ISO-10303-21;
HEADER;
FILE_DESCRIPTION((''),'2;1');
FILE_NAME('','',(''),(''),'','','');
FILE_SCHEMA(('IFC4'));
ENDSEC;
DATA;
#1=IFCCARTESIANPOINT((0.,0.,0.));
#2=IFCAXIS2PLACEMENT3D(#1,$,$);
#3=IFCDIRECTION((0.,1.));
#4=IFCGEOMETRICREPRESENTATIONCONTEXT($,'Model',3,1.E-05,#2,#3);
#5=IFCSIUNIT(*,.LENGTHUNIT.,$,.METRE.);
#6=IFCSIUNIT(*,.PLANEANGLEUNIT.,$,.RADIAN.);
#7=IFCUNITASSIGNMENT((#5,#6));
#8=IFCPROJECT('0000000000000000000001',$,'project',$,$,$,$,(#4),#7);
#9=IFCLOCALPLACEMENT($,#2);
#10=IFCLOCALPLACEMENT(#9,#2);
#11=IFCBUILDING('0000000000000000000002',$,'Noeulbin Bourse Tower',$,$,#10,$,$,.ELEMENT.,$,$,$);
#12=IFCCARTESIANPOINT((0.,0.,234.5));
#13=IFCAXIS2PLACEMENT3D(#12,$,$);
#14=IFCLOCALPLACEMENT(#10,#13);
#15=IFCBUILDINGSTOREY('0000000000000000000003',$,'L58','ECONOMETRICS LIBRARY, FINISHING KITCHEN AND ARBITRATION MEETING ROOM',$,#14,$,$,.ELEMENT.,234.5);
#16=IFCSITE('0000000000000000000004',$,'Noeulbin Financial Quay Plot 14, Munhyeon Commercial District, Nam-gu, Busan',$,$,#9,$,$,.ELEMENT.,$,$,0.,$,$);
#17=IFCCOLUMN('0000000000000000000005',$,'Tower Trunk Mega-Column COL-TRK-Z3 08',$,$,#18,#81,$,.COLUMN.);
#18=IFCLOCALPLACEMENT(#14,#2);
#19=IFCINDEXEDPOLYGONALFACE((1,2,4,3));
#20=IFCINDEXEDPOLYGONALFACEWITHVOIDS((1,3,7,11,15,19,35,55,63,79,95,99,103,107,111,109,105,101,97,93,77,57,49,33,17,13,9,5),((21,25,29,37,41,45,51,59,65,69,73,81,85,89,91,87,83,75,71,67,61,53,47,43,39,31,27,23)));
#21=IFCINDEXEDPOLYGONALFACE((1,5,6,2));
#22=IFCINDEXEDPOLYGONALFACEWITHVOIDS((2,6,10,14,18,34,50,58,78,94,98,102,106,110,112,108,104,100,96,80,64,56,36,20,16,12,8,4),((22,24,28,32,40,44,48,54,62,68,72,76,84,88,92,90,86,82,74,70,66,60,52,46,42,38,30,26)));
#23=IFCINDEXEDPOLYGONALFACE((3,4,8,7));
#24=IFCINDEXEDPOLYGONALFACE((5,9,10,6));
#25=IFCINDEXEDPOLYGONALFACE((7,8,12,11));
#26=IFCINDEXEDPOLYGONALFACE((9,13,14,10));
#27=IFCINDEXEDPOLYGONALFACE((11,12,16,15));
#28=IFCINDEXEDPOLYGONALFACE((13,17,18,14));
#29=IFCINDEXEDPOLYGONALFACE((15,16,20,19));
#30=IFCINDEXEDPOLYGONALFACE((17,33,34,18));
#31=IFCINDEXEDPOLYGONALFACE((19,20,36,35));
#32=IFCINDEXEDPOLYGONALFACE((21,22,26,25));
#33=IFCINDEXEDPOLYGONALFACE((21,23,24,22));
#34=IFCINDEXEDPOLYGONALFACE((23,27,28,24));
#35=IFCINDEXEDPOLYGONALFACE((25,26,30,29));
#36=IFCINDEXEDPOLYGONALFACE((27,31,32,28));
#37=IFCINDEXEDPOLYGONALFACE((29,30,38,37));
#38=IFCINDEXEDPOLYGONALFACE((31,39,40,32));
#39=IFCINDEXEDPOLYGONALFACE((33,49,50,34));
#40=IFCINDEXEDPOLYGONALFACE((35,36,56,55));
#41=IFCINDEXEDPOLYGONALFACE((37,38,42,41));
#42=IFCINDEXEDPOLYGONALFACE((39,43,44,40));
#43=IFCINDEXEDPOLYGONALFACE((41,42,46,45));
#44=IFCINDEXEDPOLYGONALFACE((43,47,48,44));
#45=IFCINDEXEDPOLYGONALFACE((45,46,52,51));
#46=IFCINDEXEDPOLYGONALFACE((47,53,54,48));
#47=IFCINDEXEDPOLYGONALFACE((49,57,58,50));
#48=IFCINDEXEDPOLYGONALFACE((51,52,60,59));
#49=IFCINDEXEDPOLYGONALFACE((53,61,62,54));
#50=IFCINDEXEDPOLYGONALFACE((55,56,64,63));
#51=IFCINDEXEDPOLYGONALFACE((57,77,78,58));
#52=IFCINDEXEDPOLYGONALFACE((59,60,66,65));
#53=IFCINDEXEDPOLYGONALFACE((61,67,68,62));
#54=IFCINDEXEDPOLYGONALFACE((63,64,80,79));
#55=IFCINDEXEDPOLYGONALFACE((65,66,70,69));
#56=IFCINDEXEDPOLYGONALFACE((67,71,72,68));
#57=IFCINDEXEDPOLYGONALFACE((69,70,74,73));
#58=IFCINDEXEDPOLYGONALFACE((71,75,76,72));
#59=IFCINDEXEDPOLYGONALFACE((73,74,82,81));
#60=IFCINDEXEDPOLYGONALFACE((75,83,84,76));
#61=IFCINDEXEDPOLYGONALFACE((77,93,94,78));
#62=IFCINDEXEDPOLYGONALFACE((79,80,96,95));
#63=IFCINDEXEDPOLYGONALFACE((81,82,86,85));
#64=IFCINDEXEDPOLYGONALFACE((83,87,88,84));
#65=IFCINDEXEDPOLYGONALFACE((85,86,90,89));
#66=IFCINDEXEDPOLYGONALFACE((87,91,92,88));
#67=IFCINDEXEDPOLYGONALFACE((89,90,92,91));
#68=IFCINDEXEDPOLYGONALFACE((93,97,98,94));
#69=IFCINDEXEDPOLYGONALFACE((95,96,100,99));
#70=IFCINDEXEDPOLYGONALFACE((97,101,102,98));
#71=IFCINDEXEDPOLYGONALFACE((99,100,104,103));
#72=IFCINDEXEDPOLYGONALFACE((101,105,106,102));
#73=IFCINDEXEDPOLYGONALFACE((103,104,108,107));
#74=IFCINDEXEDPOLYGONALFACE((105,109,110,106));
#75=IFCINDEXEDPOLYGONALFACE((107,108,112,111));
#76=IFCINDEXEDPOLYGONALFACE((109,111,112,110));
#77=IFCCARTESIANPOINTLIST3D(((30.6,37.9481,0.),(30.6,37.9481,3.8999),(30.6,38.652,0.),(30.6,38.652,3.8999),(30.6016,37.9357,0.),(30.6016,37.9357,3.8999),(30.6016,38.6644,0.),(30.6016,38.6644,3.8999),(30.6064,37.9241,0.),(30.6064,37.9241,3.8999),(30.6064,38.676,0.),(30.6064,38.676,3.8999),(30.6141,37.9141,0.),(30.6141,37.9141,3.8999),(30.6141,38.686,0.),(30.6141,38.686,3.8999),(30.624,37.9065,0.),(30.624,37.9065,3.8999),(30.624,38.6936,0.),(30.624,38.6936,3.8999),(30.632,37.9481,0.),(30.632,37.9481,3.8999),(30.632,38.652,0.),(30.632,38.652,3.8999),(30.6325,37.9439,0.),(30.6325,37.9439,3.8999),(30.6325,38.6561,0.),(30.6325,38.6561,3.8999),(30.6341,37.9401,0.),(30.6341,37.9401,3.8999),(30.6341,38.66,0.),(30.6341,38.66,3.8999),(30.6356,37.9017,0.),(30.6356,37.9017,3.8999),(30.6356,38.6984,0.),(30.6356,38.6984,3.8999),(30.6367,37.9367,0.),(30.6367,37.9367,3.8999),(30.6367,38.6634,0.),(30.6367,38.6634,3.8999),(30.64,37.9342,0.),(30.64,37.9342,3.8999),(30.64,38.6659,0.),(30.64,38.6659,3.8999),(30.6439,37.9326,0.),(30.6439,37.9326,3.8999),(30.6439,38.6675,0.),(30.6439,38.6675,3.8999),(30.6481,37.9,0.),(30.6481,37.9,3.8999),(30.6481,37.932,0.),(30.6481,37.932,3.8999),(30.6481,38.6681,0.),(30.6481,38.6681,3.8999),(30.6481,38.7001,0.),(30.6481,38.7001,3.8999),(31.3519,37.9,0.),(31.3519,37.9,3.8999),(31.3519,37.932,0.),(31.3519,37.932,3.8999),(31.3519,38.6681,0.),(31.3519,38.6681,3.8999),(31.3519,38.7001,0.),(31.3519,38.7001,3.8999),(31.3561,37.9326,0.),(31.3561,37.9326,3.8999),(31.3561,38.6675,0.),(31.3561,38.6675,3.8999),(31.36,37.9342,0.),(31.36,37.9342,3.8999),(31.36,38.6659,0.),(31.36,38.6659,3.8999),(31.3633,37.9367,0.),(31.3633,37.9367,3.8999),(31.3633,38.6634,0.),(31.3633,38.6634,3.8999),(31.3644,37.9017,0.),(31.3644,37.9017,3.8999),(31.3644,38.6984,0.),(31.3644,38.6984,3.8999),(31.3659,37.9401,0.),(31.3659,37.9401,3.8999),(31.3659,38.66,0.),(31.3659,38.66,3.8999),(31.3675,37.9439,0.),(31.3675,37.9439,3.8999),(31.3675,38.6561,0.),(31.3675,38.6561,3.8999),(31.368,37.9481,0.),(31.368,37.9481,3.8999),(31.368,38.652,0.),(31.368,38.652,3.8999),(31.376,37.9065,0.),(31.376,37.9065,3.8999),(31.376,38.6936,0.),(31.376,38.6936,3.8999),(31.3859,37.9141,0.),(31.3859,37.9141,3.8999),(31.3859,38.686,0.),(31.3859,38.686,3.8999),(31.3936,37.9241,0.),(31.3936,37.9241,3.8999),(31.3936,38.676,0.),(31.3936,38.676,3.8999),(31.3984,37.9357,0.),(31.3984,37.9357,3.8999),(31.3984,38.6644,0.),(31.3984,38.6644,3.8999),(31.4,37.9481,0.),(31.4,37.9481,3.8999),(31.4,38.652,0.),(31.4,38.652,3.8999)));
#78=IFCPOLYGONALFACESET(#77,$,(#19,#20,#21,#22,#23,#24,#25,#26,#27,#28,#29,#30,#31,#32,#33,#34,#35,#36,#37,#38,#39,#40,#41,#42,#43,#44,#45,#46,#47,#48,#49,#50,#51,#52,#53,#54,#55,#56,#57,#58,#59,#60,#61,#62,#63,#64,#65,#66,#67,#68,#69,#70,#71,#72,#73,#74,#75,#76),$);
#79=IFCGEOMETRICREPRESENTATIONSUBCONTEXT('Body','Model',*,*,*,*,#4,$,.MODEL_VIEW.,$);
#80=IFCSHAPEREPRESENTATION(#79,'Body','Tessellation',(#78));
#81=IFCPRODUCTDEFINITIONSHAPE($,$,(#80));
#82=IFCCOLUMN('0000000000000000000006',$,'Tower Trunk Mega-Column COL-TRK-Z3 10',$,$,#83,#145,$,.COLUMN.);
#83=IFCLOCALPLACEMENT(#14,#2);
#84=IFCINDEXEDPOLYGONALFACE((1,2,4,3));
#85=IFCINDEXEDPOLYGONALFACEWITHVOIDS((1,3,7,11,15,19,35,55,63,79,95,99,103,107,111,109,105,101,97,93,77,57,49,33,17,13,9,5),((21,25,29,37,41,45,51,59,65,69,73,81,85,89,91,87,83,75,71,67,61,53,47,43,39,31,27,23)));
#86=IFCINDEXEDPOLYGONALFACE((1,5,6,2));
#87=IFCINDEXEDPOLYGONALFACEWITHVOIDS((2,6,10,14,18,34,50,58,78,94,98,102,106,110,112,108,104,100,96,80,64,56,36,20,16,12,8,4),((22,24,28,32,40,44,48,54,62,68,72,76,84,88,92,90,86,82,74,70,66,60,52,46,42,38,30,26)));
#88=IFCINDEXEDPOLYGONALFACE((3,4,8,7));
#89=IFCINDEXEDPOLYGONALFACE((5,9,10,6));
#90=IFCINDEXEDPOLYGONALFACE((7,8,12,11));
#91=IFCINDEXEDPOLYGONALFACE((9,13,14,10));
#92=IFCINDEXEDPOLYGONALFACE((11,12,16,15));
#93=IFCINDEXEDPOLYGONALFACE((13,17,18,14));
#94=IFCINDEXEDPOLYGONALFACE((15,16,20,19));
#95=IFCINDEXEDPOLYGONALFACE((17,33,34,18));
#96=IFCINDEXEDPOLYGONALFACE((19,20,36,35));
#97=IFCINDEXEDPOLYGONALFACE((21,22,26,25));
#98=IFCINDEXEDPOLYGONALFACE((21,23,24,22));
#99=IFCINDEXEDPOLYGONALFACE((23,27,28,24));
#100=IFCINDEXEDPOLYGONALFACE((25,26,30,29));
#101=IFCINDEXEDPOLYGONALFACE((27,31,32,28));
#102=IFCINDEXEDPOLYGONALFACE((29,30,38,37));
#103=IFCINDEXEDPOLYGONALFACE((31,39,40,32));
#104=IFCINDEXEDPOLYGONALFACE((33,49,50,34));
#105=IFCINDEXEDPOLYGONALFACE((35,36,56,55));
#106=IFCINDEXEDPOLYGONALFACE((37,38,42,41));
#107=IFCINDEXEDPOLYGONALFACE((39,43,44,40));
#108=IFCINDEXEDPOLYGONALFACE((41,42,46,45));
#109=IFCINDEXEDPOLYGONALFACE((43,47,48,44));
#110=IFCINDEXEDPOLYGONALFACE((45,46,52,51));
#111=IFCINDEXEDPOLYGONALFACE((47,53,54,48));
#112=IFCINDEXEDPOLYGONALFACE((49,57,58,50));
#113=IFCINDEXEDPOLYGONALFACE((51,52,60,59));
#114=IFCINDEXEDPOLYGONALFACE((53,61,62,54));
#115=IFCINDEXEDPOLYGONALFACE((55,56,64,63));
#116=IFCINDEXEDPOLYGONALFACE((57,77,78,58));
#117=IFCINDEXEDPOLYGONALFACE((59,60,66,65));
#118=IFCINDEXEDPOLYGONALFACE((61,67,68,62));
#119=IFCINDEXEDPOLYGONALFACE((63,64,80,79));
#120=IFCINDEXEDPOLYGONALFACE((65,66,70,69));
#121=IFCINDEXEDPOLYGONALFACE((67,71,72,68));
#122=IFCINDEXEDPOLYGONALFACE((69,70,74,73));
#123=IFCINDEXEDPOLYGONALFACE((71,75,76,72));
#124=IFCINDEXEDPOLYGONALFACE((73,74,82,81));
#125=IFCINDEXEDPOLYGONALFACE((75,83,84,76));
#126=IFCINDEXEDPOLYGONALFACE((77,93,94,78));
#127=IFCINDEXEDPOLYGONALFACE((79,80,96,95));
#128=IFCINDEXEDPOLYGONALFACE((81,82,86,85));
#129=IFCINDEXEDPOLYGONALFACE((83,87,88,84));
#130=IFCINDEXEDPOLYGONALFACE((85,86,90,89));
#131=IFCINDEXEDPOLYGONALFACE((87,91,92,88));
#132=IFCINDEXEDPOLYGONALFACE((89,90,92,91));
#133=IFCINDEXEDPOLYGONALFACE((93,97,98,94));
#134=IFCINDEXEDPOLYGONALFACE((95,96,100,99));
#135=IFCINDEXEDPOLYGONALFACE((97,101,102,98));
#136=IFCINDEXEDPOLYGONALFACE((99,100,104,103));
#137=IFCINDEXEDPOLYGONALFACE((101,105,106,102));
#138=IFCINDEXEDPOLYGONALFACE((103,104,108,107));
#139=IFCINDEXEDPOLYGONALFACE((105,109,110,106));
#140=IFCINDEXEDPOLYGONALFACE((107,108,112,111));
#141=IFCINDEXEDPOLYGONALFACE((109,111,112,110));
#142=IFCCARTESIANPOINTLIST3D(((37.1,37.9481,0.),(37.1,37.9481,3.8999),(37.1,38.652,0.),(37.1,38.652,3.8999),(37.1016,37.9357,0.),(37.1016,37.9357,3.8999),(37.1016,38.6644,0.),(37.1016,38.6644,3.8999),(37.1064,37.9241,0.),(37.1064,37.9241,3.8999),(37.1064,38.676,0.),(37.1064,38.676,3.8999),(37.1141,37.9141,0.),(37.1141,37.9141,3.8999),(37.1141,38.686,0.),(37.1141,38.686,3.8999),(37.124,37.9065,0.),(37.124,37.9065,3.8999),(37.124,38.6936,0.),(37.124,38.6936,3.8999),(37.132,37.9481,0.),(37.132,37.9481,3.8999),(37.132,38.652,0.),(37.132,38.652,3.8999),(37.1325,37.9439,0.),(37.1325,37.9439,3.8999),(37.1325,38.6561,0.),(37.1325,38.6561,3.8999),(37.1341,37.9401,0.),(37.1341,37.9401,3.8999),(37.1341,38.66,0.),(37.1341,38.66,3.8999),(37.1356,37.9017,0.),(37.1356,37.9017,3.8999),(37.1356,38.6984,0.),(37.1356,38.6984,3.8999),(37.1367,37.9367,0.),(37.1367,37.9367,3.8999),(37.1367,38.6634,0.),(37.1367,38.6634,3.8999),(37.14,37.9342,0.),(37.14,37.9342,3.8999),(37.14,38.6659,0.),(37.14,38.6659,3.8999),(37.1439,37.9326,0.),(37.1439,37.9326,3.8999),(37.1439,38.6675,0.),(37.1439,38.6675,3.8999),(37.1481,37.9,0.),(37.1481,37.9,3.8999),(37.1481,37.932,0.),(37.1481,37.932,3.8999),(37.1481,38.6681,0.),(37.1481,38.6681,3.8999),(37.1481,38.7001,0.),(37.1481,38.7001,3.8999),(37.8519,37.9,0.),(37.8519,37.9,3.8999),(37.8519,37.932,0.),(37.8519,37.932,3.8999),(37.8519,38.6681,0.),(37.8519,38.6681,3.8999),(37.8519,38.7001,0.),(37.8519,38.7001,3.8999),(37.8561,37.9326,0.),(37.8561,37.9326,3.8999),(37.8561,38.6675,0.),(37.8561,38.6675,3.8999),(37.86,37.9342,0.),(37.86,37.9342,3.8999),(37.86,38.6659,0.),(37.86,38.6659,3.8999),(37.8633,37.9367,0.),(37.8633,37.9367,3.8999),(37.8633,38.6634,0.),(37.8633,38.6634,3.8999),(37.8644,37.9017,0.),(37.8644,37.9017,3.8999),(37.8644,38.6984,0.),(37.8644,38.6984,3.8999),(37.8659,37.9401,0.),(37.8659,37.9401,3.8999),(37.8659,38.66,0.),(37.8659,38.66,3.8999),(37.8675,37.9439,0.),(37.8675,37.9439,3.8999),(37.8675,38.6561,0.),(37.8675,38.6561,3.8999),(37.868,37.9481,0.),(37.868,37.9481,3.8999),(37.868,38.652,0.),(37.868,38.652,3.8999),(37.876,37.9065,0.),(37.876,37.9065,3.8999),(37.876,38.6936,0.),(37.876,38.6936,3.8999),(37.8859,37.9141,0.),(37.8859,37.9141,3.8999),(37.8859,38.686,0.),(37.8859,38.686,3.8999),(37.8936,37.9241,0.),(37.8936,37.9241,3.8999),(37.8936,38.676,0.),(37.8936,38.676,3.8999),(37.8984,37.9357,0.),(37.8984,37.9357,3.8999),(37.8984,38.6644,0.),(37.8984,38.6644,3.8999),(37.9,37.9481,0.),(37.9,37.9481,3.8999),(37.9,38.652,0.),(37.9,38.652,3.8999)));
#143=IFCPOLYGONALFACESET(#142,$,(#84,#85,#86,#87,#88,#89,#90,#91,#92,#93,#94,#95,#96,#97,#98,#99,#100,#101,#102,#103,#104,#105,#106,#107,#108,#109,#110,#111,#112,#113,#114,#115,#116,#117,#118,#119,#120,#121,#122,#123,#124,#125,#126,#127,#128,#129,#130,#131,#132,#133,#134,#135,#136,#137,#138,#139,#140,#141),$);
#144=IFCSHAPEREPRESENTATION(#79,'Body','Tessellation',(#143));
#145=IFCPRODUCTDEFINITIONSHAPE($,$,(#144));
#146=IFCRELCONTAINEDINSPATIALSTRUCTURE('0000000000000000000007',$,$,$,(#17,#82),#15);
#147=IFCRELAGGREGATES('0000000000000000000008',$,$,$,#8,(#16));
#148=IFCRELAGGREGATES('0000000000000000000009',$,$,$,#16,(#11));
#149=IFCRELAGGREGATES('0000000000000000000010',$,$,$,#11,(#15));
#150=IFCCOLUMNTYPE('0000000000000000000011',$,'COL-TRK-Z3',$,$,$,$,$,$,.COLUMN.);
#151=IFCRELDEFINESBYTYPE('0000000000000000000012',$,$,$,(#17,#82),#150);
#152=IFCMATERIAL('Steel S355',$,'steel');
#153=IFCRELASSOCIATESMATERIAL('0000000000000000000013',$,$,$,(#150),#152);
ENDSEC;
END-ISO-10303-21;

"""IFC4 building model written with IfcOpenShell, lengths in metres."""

from ifc_helpers import new_model, si_unit, direction, frame, origin, origin_2d, place, context, subcontext, project, spatial, hollow_rectangle, extrude, material, material_profile, profile_set, type_object, element, save


model = new_model("IFC4")

# Units and contexts
model_context = context("Model", 3, precision=1e-05, world=origin(), true_north=direction((0.0, 1.0)))
body_context = subcontext(model_context, "Body", "Model", "MODEL_VIEW")
ifc_project = project(units=[si_unit("LENGTHUNIT", "METRE"), si_unit("PLANEANGLEUNIT", "RADIAN")], contexts=[model_context])

# Site, building, storey
site_placement = place(None, origin())
site = spatial("IfcSite", under=ifc_project, at=site_placement, Name="Noeulbin Financial Quay Plot 14, Munhyeon Commercial District, Nam-gu, Busan", CompositionType="ELEMENT", RefElevation=0.0)
building_placement = place(site_placement, origin())
building = spatial("IfcBuilding", under=site, at=building_placement, Name="Noeulbin Bourse Tower", CompositionType="ELEMENT")
storey_placement = place(building_placement, frame((0.0, 0.0, 234.5)))
storey = spatial("IfcBuildingStorey", under=building, at=storey_placement, Name="L58", Description="ECONOMETRICS LIBRARY, FINISHING KITCHEN AND ARBITRATION MEETING ROOM", CompositionType="ELEMENT", Elevation=234.5)

# Columns
ifc_material_1 = material(Name="Steel S355", Category="steel")
ifc_material_profile_1 = material_profile(ifc_material_1, hollow_rectangle(XDim=0.8, YDim=0.8, WallThickness=0.032, InnerFilletRadius=0.0161, OuterFilletRadius=0.0481, at=origin_2d()), Name="BOX-800x800x32", Category="LoadBearing")
ifc_profile_set_1 = profile_set([ifc_material_profile_1], Name="Steel S355")
column_type = type_object("IfcColumnType", Name="COL-TRK-Z3", PredefinedType="COLUMN", material=ifc_profile_set_1)
for number, where, z_axis, x_axis, name in (
    (1, (31.0, 38.3, 0.0), (0.0, 0.0, 1.0), (1.0, 0.0, 0.0), "Tower Trunk Mega-Column COL-TRK-Z3 08"),
    (2, (37.5, 38.3, 0.0), (0.0, 0.0, 1.0), (1.0, 0.0, 0.0), "Tower Trunk Mega-Column COL-TRK-Z3 10"),
):
    element("IfcColumn", number, at=place(storey_placement, frame(where, z_axis=z_axis, x_axis=x_axis)), inside=storey, type_object=column_type, Name=name, PredefinedType="COLUMN", context=body_context, shape_type="SweptSolid", body=[
        extrude(hollow_rectangle(XDim=0.8, YDim=0.8, WallThickness=0.032, InnerFilletRadius=0.0161, OuterFilletRadius=0.0481, at=origin_2d()), origin(), (0.0, 0.0, 1.0), 3.8999),
    ])

save(model, "model.ifc")
